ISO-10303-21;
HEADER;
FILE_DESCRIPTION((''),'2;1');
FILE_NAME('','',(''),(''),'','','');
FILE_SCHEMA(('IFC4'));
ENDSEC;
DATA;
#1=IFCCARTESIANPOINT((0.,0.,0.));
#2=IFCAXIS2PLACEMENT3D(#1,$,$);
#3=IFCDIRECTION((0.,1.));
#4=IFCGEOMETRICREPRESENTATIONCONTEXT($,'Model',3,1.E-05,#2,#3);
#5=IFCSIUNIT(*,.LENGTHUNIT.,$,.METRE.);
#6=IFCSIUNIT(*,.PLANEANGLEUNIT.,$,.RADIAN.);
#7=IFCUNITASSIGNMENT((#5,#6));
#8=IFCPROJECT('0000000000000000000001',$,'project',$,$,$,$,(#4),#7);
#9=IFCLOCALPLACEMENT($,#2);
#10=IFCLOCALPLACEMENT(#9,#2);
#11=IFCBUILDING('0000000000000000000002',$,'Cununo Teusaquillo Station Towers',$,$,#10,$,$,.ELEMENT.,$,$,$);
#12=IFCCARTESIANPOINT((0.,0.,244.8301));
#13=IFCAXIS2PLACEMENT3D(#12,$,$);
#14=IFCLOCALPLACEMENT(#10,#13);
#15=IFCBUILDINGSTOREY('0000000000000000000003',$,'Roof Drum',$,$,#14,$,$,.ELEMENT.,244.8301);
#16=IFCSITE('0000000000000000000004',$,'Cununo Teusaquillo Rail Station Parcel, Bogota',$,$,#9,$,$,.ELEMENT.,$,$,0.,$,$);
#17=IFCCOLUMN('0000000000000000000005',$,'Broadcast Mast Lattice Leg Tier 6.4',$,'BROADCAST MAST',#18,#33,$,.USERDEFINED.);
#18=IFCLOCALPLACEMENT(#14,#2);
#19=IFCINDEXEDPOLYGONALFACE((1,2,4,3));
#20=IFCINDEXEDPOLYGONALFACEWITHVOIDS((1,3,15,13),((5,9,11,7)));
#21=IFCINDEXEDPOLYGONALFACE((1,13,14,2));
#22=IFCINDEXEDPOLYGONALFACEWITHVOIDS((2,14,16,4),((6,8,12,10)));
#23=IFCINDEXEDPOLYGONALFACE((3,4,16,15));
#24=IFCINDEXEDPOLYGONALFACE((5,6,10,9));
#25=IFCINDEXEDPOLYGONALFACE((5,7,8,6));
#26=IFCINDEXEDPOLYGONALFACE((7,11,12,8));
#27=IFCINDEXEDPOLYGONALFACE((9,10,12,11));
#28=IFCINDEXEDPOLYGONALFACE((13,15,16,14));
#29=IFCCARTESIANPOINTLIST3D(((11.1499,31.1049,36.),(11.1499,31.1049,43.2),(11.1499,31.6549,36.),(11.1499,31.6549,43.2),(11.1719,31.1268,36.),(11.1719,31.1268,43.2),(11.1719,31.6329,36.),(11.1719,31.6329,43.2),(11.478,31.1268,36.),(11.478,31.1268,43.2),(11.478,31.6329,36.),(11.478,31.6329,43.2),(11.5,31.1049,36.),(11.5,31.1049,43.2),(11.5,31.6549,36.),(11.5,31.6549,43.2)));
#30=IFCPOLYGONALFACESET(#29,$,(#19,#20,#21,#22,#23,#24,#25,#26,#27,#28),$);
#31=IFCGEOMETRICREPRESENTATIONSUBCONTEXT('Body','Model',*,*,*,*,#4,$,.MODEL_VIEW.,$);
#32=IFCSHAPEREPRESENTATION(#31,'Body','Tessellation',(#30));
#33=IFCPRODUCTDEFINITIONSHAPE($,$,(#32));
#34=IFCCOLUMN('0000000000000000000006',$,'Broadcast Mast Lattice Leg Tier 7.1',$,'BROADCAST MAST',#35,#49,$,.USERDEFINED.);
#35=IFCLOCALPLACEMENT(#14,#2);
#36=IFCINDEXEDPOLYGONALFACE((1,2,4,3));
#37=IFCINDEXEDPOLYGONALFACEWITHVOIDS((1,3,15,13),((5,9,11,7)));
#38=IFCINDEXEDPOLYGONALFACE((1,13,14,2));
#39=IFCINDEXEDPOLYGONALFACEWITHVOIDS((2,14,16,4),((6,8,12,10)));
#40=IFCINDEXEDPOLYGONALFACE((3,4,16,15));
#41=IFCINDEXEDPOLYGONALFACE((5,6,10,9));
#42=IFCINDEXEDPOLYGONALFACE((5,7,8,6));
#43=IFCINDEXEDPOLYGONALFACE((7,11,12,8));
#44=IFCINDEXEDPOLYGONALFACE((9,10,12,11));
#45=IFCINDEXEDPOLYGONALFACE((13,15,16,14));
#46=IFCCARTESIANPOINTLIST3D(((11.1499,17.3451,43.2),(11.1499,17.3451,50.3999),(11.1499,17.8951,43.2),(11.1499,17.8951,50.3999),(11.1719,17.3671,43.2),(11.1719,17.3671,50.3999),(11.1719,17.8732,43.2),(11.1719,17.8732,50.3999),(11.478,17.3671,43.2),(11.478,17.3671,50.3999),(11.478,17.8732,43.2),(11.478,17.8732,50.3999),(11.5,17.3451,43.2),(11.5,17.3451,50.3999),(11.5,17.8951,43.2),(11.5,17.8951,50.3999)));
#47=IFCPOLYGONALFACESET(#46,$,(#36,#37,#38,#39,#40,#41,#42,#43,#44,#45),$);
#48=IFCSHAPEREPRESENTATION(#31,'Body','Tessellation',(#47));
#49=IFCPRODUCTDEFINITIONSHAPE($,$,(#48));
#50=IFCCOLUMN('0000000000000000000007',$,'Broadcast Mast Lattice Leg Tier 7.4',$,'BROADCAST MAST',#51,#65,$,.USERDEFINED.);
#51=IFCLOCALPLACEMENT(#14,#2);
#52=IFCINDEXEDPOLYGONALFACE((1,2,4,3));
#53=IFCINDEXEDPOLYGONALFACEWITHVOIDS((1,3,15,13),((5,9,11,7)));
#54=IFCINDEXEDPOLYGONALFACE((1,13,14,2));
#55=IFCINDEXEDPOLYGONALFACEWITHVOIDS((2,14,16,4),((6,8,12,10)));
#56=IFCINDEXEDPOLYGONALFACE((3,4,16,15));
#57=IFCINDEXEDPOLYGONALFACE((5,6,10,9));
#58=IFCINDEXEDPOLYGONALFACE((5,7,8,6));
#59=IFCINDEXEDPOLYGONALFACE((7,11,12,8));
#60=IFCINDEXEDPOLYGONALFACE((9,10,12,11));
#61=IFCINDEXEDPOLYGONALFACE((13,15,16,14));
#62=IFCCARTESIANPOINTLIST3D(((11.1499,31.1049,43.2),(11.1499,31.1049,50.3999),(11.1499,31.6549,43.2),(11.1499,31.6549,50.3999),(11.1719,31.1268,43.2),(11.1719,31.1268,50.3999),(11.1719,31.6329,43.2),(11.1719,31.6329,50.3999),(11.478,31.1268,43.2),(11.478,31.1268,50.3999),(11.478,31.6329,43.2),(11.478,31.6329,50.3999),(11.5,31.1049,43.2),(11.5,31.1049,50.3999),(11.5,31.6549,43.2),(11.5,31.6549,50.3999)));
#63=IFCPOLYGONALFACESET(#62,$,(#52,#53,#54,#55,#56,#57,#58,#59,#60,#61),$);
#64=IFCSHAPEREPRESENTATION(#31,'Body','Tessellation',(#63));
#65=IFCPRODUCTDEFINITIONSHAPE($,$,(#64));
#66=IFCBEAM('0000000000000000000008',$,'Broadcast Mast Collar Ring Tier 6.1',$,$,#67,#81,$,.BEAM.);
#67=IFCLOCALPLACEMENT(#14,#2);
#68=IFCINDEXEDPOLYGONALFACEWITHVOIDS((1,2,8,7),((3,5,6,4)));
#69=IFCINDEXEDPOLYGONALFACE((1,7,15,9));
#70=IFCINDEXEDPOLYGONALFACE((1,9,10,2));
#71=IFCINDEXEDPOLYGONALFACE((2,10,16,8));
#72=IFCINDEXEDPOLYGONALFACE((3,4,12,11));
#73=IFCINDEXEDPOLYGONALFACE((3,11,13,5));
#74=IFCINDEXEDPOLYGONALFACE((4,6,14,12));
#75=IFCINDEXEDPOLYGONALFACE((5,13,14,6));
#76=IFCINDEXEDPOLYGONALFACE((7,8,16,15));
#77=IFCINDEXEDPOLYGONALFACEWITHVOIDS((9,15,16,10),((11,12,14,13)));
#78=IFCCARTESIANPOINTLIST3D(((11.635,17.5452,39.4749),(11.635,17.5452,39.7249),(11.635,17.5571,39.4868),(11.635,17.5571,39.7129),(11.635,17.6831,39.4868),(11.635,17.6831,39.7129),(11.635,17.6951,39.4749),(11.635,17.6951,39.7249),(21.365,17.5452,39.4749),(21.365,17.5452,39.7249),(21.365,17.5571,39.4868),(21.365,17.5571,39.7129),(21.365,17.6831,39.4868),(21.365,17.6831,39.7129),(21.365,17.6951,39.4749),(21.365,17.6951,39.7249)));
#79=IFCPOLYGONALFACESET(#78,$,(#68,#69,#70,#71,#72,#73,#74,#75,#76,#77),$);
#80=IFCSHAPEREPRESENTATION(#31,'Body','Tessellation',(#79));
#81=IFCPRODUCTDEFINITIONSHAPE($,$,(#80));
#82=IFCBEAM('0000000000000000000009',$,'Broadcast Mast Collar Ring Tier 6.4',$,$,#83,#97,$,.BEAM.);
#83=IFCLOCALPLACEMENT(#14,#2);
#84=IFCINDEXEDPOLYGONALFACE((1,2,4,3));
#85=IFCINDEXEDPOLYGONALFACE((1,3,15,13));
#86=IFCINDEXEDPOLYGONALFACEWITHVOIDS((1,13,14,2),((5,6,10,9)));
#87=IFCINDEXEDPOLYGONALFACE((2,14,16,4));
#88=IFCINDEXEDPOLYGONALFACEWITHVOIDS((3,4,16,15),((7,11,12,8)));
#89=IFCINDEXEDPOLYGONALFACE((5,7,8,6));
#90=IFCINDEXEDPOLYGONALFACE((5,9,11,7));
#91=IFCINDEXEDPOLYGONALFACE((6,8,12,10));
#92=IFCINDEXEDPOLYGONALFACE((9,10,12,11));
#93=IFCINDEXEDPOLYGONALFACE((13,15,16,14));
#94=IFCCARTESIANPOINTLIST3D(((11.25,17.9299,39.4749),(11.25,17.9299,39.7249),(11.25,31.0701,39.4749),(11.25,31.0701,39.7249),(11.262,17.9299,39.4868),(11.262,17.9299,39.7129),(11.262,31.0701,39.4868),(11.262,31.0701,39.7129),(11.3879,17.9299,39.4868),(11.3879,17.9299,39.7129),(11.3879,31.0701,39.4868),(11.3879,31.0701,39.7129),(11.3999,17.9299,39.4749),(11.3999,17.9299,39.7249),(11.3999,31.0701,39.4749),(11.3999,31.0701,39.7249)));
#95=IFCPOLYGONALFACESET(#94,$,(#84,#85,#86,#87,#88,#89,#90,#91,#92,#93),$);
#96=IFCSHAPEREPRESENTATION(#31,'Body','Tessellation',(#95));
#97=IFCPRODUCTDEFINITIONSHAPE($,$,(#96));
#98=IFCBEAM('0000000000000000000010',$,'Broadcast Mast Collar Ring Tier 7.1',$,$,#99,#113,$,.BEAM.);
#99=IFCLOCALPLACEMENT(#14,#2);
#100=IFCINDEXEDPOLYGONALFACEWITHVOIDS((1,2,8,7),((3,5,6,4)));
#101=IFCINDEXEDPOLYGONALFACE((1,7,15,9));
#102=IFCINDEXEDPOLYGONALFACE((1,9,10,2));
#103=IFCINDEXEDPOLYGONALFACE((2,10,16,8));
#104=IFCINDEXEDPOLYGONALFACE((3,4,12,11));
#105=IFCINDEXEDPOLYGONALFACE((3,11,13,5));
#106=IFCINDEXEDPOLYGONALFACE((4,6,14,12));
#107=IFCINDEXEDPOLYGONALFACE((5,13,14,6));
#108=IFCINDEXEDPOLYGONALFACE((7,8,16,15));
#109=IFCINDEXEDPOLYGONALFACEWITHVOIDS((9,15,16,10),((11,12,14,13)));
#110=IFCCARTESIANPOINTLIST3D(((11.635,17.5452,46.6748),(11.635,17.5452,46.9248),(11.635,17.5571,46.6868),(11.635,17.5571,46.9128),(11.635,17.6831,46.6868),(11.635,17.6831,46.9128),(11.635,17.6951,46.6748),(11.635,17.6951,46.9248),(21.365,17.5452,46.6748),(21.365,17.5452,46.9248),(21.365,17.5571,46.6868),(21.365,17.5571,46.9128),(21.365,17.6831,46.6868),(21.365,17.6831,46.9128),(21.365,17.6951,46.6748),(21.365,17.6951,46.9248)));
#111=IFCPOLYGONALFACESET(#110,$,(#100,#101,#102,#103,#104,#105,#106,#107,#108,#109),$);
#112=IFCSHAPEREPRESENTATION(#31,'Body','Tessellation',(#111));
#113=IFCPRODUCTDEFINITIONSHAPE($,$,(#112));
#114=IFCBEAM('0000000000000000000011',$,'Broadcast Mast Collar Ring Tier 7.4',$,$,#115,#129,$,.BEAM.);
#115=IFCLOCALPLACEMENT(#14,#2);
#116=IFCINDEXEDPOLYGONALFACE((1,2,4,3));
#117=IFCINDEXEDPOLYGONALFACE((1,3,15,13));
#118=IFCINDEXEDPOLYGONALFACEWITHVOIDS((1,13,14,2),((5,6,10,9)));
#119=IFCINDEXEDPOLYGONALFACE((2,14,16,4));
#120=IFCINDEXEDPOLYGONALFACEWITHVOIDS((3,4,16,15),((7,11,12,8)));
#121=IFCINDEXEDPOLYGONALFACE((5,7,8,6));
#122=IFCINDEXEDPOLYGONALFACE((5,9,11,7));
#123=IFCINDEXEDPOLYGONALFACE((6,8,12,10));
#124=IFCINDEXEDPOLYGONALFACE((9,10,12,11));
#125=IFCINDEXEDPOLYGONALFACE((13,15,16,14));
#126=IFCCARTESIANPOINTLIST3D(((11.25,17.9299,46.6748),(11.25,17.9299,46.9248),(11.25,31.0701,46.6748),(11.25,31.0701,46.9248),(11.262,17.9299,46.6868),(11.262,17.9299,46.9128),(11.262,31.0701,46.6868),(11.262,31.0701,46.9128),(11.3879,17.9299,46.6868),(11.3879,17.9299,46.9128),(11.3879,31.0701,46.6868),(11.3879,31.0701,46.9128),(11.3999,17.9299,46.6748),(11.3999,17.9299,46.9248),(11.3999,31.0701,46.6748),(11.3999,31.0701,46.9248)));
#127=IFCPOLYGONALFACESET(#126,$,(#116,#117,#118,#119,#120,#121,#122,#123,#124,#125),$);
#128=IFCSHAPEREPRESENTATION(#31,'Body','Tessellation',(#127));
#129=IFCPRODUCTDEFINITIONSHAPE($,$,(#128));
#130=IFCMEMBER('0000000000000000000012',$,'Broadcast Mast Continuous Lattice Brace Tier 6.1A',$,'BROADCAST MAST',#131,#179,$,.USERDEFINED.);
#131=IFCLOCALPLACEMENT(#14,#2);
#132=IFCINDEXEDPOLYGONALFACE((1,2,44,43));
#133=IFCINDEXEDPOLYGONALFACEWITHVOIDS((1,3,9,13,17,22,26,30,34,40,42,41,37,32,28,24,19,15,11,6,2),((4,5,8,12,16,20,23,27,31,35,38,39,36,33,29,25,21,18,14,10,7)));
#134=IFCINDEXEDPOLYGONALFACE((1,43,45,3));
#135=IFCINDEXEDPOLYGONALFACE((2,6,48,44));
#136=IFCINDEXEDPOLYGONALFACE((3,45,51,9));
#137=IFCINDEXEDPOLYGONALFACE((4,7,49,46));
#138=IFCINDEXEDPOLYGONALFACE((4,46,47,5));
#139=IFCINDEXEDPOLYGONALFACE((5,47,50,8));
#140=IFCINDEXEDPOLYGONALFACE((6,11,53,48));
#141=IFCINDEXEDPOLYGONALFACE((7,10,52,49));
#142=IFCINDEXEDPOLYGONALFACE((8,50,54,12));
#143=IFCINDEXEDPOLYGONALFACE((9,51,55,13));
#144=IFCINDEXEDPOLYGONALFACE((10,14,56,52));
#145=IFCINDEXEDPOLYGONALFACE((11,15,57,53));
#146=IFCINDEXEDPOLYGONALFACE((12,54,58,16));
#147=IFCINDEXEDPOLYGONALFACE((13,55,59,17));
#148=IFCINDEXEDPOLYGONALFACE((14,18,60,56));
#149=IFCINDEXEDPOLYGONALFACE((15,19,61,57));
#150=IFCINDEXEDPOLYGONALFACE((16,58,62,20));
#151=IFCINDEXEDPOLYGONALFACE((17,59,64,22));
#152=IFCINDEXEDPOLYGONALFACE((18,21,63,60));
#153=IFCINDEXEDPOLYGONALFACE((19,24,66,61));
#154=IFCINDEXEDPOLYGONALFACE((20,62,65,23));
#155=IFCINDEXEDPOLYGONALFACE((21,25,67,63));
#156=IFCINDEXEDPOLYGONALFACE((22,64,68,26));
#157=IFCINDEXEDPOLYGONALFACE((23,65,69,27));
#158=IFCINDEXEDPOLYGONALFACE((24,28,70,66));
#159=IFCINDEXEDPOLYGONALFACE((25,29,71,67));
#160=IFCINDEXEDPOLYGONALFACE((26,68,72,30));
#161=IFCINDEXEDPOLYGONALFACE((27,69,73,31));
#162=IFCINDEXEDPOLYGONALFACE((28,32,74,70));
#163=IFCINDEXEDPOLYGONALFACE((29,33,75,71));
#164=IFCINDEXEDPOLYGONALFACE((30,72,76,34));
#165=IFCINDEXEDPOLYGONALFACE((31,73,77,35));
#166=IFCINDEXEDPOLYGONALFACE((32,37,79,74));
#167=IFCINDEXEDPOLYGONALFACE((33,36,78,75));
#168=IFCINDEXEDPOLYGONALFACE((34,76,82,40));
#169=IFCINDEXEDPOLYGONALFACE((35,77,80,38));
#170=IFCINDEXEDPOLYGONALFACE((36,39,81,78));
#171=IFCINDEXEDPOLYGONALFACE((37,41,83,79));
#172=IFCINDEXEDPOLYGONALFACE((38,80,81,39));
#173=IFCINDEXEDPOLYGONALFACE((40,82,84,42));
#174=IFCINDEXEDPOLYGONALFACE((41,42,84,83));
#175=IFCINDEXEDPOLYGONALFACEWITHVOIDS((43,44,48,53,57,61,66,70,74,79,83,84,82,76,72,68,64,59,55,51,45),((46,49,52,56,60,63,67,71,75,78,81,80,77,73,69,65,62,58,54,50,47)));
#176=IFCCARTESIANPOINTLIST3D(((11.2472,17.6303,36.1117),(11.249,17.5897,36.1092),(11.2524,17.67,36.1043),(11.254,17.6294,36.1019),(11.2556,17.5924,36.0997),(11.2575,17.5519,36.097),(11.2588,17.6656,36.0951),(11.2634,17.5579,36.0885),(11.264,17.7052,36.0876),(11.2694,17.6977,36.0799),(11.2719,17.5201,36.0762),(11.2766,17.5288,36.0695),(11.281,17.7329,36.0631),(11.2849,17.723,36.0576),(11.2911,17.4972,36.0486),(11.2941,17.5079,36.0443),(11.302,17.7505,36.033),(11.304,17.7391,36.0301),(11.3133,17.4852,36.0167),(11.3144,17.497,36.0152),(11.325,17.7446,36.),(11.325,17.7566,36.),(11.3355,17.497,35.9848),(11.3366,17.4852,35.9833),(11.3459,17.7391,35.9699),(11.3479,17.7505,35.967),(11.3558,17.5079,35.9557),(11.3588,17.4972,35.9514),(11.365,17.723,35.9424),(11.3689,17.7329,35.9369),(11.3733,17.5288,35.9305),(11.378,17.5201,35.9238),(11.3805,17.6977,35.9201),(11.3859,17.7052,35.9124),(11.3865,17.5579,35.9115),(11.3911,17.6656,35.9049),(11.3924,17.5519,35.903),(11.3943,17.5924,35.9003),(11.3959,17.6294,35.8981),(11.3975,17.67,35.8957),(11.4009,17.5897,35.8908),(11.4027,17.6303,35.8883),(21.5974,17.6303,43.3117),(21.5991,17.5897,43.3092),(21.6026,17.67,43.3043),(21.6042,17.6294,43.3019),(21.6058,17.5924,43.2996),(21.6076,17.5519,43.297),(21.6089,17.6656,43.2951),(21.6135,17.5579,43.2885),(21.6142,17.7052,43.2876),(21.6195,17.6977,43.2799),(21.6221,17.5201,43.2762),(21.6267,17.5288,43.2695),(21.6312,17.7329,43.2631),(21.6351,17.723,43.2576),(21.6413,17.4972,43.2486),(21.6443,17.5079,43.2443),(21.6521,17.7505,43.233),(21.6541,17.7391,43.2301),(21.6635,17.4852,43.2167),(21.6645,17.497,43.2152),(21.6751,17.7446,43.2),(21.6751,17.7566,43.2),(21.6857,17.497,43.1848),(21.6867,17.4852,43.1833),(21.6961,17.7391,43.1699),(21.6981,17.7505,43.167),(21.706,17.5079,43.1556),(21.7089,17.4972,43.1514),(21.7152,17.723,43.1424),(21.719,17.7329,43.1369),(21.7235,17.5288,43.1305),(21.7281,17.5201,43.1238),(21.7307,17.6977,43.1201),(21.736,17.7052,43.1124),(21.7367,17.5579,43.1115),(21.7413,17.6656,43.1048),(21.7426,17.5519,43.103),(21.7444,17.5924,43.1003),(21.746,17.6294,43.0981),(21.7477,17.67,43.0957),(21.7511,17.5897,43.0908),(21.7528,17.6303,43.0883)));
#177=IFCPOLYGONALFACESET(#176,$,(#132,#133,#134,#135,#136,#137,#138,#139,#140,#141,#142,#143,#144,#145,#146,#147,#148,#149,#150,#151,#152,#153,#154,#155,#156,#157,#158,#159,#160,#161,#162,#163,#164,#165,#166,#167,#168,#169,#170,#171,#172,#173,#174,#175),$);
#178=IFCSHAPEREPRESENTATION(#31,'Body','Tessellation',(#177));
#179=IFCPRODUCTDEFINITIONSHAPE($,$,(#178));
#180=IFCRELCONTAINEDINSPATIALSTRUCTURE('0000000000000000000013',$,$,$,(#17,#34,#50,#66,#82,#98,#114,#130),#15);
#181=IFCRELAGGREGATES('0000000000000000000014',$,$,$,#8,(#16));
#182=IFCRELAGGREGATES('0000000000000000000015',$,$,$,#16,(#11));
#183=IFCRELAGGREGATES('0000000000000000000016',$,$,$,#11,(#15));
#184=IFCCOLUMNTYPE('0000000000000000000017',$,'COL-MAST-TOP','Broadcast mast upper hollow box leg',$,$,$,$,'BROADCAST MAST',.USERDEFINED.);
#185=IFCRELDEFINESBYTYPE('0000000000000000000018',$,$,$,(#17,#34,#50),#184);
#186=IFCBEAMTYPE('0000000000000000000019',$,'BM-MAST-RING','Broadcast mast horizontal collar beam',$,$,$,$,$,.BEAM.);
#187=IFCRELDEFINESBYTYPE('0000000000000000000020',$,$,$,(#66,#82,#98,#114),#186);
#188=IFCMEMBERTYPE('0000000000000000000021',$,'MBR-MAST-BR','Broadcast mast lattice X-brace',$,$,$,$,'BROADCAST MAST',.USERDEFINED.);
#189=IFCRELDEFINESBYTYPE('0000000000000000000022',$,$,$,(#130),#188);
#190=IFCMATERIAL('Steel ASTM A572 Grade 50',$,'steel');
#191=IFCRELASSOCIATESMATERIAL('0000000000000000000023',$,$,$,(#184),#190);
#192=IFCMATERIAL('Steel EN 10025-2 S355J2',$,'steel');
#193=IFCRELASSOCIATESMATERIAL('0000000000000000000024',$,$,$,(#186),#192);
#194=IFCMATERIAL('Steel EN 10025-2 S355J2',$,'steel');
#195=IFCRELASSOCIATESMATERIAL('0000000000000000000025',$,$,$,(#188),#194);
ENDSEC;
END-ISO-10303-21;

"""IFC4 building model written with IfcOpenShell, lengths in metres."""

from ifc_helpers import new_model, si_unit, direction, frame, origin, origin_2d, place, context, subcontext, project, spatial, hollow_rectangle, hollow_circle, extrude, material, material_profile, profile_set, type_object, element, save


model = new_model("IFC4")

# Units and contexts
model_context = context("Model", 3, precision=1e-05, world=origin(), true_north=direction((0.0, 1.0)))
body_context = subcontext(model_context, "Body", "Model", "MODEL_VIEW")
ifc_project = project(units=[si_unit("LENGTHUNIT", "METRE"), si_unit("PLANEANGLEUNIT", "RADIAN")], contexts=[model_context])

# Site, building, storey
site_placement = place(None, origin())
site = spatial("IfcSite", under=ifc_project, at=site_placement, Name="Cununo Teusaquillo Rail Station Parcel, Bogota", CompositionType="ELEMENT", RefElevation=0.0)
building_placement = place(site_placement, origin())
building = spatial("IfcBuilding", under=site, at=building_placement, Name="Cununo Teusaquillo Station Towers", CompositionType="ELEMENT")
storey_placement = place(building_placement, frame((0.0, 0.0, 244.8301)))
storey = spatial("IfcBuildingStorey", under=building, at=storey_placement, Name="Roof Drum", CompositionType="ELEMENT", Elevation=244.8301)

# Columns
ifc_material_1 = material(Name="Steel ASTM A572 Grade 50", Category="steel")
ifc_material_profile_1 = material_profile(ifc_material_1, hollow_rectangle(XDim=0.3501, YDim=0.55, WallThickness=0.022, at=origin_2d()), Name="RHS 550x350x22")
ifc_profile_set_1 = profile_set([ifc_material_profile_1], Name="Steel ASTM A572 Grade 50")
column_type = type_object("IfcColumnType", Name="COL-MAST-TOP", Description="Broadcast mast upper hollow box leg", ElementType="BROADCAST MAST", PredefinedType="USERDEFINED", material=ifc_profile_set_1)
for number, where, z_axis, x_axis, name in (
    (1, (11.325, 31.3799, 36.0), (0.0, 0.0, 1.0), (1.0, 0.0, 0.0), "Broadcast Mast Lattice Leg Tier 6.4"),
    (2, (11.325, 17.6201, 43.2), (0.0, 0.0, 1.0), (1.0, 0.0, 0.0), "Broadcast Mast Lattice Leg Tier 7.1"),
    (3, (11.325, 31.3799, 43.2), (0.0, 0.0, 1.0), (1.0, 0.0, 0.0), "Broadcast Mast Lattice Leg Tier 7.4"),
):
    element("IfcColumn", number, at=place(storey_placement, frame(where, z_axis=z_axis, x_axis=x_axis)), inside=storey, type_object=column_type, Name=name, ObjectType="BROADCAST MAST", PredefinedType="USERDEFINED", context=body_context, shape_type="SweptSolid", body=[
        extrude(hollow_rectangle(XDim=0.3501, YDim=0.55, WallThickness=0.022, at=origin_2d()), origin(), (0.0, 0.0, 1.0), 7.2),
    ])

# Beams
ifc_material_2 = material(Name="Steel EN 10025-2 S355J2", Category="steel")
ifc_material_profile_2 = material_profile(ifc_material_2, hollow_rectangle(XDim=0.1499, YDim=0.25, WallThickness=0.012, at=origin_2d()), Name="RHS 250x150x12")
ifc_profile_set_2 = profile_set([ifc_material_profile_2], Name="Steel EN 10025-2 S355J2")
beam_type = type_object("IfcBeamType", Name="BM-MAST-RING", Description="Broadcast mast horizontal collar beam", PredefinedType="BEAM", material=ifc_profile_set_2)
beam_1_placement = place(storey_placement, frame((11.635, 17.6201, 39.5999), z_axis=(1.0, 0.0, 0.0), x_axis=(0.0, 1.0, 0.0)))
element("IfcBeam", 4, at=beam_1_placement, inside=storey, type_object=beam_type, Name="Broadcast Mast Collar Ring Tier 6.1", PredefinedType="BEAM", context=body_context, shape_type="SweptSolid", body=[
    extrude(hollow_rectangle(XDim=0.1499, YDim=0.25, WallThickness=0.012, at=origin_2d()), origin(), (0.0, 0.0, 1.0), 9.73),
])
beam_2_placement = place(storey_placement, frame((11.325, 31.0701, 39.5999), z_axis=(0.0, -1.0, 0.0), x_axis=(1.0, 0.0, 0.0)))
element("IfcBeam", 5, at=beam_2_placement, inside=storey, type_object=beam_type, Name="Broadcast Mast Collar Ring Tier 6.4", PredefinedType="BEAM", context=body_context, shape_type="SweptSolid", body=[
    extrude(hollow_rectangle(XDim=0.1499, YDim=0.25, WallThickness=0.012, at=origin_2d()), origin(), (0.0, 0.0, 1.0), 13.1401),
])
beam_3_placement = place(storey_placement, frame((11.635, 17.6201, 46.7998), z_axis=(1.0, 0.0, 0.0), x_axis=(0.0, 1.0, 0.0)))
element("IfcBeam", 6, at=beam_3_placement, inside=storey, type_object=beam_type, Name="Broadcast Mast Collar Ring Tier 7.1", PredefinedType="BEAM", context=body_context, shape_type="SweptSolid", body=[
    extrude(hollow_rectangle(XDim=0.1499, YDim=0.25, WallThickness=0.012, at=origin_2d()), origin(), (0.0, 0.0, 1.0), 9.73),
])
beam_4_placement = place(storey_placement, frame((11.325, 31.0701, 46.7998), z_axis=(0.0, -1.0, 0.0), x_axis=(1.0, 0.0, 0.0)))
element("IfcBeam", 7, at=beam_4_placement, inside=storey, type_object=beam_type, Name="Broadcast Mast Collar Ring Tier 7.4", PredefinedType="BEAM", context=body_context, shape_type="SweptSolid", body=[
    extrude(hollow_rectangle(XDim=0.1499, YDim=0.25, WallThickness=0.012, at=origin_2d()), origin(), (0.0, 0.0, 1.0), 13.1401),
])

# Member
ifc_material_3 = material(Name="Steel EN 10025-2 S355J2", Category="steel")
ifc_material_profile_3 = material_profile(ifc_material_3, hollow_circle(Radius=0.1365, WallThickness=0.012, at=origin_2d()), Name="CHS 273x12")
ifc_profile_set_3 = profile_set([ifc_material_profile_3], Name="Steel EN 10025-2 S355J2")
member_type_1 = type_object("IfcMemberType", Name="MBR-MAST-BR", Description="Broadcast mast lattice X-brace", ElementType="BROADCAST MAST", PredefinedType="USERDEFINED", material=ifc_profile_set_3)
member_1_placement = place(storey_placement, frame((11.325, 17.6201, 36.0), z_axis=(0.82091, 0.0, 0.571058), x_axis=(0.0, 1.0, 0.0)))
element("IfcMember", 8, at=member_1_placement, inside=storey, type_object=member_type_1, Name="Broadcast Mast Continuous Lattice Brace Tier 6.1A", ObjectType="BROADCAST MAST", PredefinedType="USERDEFINED", context=body_context, shape_type="SweptSolid", body=[
    extrude(hollow_circle(Radius=0.1365, WallThickness=0.012, at=origin_2d()), origin(), (0.0, 0.0, 1.0), 12.6082),
])

save(model, "model.ifc")
